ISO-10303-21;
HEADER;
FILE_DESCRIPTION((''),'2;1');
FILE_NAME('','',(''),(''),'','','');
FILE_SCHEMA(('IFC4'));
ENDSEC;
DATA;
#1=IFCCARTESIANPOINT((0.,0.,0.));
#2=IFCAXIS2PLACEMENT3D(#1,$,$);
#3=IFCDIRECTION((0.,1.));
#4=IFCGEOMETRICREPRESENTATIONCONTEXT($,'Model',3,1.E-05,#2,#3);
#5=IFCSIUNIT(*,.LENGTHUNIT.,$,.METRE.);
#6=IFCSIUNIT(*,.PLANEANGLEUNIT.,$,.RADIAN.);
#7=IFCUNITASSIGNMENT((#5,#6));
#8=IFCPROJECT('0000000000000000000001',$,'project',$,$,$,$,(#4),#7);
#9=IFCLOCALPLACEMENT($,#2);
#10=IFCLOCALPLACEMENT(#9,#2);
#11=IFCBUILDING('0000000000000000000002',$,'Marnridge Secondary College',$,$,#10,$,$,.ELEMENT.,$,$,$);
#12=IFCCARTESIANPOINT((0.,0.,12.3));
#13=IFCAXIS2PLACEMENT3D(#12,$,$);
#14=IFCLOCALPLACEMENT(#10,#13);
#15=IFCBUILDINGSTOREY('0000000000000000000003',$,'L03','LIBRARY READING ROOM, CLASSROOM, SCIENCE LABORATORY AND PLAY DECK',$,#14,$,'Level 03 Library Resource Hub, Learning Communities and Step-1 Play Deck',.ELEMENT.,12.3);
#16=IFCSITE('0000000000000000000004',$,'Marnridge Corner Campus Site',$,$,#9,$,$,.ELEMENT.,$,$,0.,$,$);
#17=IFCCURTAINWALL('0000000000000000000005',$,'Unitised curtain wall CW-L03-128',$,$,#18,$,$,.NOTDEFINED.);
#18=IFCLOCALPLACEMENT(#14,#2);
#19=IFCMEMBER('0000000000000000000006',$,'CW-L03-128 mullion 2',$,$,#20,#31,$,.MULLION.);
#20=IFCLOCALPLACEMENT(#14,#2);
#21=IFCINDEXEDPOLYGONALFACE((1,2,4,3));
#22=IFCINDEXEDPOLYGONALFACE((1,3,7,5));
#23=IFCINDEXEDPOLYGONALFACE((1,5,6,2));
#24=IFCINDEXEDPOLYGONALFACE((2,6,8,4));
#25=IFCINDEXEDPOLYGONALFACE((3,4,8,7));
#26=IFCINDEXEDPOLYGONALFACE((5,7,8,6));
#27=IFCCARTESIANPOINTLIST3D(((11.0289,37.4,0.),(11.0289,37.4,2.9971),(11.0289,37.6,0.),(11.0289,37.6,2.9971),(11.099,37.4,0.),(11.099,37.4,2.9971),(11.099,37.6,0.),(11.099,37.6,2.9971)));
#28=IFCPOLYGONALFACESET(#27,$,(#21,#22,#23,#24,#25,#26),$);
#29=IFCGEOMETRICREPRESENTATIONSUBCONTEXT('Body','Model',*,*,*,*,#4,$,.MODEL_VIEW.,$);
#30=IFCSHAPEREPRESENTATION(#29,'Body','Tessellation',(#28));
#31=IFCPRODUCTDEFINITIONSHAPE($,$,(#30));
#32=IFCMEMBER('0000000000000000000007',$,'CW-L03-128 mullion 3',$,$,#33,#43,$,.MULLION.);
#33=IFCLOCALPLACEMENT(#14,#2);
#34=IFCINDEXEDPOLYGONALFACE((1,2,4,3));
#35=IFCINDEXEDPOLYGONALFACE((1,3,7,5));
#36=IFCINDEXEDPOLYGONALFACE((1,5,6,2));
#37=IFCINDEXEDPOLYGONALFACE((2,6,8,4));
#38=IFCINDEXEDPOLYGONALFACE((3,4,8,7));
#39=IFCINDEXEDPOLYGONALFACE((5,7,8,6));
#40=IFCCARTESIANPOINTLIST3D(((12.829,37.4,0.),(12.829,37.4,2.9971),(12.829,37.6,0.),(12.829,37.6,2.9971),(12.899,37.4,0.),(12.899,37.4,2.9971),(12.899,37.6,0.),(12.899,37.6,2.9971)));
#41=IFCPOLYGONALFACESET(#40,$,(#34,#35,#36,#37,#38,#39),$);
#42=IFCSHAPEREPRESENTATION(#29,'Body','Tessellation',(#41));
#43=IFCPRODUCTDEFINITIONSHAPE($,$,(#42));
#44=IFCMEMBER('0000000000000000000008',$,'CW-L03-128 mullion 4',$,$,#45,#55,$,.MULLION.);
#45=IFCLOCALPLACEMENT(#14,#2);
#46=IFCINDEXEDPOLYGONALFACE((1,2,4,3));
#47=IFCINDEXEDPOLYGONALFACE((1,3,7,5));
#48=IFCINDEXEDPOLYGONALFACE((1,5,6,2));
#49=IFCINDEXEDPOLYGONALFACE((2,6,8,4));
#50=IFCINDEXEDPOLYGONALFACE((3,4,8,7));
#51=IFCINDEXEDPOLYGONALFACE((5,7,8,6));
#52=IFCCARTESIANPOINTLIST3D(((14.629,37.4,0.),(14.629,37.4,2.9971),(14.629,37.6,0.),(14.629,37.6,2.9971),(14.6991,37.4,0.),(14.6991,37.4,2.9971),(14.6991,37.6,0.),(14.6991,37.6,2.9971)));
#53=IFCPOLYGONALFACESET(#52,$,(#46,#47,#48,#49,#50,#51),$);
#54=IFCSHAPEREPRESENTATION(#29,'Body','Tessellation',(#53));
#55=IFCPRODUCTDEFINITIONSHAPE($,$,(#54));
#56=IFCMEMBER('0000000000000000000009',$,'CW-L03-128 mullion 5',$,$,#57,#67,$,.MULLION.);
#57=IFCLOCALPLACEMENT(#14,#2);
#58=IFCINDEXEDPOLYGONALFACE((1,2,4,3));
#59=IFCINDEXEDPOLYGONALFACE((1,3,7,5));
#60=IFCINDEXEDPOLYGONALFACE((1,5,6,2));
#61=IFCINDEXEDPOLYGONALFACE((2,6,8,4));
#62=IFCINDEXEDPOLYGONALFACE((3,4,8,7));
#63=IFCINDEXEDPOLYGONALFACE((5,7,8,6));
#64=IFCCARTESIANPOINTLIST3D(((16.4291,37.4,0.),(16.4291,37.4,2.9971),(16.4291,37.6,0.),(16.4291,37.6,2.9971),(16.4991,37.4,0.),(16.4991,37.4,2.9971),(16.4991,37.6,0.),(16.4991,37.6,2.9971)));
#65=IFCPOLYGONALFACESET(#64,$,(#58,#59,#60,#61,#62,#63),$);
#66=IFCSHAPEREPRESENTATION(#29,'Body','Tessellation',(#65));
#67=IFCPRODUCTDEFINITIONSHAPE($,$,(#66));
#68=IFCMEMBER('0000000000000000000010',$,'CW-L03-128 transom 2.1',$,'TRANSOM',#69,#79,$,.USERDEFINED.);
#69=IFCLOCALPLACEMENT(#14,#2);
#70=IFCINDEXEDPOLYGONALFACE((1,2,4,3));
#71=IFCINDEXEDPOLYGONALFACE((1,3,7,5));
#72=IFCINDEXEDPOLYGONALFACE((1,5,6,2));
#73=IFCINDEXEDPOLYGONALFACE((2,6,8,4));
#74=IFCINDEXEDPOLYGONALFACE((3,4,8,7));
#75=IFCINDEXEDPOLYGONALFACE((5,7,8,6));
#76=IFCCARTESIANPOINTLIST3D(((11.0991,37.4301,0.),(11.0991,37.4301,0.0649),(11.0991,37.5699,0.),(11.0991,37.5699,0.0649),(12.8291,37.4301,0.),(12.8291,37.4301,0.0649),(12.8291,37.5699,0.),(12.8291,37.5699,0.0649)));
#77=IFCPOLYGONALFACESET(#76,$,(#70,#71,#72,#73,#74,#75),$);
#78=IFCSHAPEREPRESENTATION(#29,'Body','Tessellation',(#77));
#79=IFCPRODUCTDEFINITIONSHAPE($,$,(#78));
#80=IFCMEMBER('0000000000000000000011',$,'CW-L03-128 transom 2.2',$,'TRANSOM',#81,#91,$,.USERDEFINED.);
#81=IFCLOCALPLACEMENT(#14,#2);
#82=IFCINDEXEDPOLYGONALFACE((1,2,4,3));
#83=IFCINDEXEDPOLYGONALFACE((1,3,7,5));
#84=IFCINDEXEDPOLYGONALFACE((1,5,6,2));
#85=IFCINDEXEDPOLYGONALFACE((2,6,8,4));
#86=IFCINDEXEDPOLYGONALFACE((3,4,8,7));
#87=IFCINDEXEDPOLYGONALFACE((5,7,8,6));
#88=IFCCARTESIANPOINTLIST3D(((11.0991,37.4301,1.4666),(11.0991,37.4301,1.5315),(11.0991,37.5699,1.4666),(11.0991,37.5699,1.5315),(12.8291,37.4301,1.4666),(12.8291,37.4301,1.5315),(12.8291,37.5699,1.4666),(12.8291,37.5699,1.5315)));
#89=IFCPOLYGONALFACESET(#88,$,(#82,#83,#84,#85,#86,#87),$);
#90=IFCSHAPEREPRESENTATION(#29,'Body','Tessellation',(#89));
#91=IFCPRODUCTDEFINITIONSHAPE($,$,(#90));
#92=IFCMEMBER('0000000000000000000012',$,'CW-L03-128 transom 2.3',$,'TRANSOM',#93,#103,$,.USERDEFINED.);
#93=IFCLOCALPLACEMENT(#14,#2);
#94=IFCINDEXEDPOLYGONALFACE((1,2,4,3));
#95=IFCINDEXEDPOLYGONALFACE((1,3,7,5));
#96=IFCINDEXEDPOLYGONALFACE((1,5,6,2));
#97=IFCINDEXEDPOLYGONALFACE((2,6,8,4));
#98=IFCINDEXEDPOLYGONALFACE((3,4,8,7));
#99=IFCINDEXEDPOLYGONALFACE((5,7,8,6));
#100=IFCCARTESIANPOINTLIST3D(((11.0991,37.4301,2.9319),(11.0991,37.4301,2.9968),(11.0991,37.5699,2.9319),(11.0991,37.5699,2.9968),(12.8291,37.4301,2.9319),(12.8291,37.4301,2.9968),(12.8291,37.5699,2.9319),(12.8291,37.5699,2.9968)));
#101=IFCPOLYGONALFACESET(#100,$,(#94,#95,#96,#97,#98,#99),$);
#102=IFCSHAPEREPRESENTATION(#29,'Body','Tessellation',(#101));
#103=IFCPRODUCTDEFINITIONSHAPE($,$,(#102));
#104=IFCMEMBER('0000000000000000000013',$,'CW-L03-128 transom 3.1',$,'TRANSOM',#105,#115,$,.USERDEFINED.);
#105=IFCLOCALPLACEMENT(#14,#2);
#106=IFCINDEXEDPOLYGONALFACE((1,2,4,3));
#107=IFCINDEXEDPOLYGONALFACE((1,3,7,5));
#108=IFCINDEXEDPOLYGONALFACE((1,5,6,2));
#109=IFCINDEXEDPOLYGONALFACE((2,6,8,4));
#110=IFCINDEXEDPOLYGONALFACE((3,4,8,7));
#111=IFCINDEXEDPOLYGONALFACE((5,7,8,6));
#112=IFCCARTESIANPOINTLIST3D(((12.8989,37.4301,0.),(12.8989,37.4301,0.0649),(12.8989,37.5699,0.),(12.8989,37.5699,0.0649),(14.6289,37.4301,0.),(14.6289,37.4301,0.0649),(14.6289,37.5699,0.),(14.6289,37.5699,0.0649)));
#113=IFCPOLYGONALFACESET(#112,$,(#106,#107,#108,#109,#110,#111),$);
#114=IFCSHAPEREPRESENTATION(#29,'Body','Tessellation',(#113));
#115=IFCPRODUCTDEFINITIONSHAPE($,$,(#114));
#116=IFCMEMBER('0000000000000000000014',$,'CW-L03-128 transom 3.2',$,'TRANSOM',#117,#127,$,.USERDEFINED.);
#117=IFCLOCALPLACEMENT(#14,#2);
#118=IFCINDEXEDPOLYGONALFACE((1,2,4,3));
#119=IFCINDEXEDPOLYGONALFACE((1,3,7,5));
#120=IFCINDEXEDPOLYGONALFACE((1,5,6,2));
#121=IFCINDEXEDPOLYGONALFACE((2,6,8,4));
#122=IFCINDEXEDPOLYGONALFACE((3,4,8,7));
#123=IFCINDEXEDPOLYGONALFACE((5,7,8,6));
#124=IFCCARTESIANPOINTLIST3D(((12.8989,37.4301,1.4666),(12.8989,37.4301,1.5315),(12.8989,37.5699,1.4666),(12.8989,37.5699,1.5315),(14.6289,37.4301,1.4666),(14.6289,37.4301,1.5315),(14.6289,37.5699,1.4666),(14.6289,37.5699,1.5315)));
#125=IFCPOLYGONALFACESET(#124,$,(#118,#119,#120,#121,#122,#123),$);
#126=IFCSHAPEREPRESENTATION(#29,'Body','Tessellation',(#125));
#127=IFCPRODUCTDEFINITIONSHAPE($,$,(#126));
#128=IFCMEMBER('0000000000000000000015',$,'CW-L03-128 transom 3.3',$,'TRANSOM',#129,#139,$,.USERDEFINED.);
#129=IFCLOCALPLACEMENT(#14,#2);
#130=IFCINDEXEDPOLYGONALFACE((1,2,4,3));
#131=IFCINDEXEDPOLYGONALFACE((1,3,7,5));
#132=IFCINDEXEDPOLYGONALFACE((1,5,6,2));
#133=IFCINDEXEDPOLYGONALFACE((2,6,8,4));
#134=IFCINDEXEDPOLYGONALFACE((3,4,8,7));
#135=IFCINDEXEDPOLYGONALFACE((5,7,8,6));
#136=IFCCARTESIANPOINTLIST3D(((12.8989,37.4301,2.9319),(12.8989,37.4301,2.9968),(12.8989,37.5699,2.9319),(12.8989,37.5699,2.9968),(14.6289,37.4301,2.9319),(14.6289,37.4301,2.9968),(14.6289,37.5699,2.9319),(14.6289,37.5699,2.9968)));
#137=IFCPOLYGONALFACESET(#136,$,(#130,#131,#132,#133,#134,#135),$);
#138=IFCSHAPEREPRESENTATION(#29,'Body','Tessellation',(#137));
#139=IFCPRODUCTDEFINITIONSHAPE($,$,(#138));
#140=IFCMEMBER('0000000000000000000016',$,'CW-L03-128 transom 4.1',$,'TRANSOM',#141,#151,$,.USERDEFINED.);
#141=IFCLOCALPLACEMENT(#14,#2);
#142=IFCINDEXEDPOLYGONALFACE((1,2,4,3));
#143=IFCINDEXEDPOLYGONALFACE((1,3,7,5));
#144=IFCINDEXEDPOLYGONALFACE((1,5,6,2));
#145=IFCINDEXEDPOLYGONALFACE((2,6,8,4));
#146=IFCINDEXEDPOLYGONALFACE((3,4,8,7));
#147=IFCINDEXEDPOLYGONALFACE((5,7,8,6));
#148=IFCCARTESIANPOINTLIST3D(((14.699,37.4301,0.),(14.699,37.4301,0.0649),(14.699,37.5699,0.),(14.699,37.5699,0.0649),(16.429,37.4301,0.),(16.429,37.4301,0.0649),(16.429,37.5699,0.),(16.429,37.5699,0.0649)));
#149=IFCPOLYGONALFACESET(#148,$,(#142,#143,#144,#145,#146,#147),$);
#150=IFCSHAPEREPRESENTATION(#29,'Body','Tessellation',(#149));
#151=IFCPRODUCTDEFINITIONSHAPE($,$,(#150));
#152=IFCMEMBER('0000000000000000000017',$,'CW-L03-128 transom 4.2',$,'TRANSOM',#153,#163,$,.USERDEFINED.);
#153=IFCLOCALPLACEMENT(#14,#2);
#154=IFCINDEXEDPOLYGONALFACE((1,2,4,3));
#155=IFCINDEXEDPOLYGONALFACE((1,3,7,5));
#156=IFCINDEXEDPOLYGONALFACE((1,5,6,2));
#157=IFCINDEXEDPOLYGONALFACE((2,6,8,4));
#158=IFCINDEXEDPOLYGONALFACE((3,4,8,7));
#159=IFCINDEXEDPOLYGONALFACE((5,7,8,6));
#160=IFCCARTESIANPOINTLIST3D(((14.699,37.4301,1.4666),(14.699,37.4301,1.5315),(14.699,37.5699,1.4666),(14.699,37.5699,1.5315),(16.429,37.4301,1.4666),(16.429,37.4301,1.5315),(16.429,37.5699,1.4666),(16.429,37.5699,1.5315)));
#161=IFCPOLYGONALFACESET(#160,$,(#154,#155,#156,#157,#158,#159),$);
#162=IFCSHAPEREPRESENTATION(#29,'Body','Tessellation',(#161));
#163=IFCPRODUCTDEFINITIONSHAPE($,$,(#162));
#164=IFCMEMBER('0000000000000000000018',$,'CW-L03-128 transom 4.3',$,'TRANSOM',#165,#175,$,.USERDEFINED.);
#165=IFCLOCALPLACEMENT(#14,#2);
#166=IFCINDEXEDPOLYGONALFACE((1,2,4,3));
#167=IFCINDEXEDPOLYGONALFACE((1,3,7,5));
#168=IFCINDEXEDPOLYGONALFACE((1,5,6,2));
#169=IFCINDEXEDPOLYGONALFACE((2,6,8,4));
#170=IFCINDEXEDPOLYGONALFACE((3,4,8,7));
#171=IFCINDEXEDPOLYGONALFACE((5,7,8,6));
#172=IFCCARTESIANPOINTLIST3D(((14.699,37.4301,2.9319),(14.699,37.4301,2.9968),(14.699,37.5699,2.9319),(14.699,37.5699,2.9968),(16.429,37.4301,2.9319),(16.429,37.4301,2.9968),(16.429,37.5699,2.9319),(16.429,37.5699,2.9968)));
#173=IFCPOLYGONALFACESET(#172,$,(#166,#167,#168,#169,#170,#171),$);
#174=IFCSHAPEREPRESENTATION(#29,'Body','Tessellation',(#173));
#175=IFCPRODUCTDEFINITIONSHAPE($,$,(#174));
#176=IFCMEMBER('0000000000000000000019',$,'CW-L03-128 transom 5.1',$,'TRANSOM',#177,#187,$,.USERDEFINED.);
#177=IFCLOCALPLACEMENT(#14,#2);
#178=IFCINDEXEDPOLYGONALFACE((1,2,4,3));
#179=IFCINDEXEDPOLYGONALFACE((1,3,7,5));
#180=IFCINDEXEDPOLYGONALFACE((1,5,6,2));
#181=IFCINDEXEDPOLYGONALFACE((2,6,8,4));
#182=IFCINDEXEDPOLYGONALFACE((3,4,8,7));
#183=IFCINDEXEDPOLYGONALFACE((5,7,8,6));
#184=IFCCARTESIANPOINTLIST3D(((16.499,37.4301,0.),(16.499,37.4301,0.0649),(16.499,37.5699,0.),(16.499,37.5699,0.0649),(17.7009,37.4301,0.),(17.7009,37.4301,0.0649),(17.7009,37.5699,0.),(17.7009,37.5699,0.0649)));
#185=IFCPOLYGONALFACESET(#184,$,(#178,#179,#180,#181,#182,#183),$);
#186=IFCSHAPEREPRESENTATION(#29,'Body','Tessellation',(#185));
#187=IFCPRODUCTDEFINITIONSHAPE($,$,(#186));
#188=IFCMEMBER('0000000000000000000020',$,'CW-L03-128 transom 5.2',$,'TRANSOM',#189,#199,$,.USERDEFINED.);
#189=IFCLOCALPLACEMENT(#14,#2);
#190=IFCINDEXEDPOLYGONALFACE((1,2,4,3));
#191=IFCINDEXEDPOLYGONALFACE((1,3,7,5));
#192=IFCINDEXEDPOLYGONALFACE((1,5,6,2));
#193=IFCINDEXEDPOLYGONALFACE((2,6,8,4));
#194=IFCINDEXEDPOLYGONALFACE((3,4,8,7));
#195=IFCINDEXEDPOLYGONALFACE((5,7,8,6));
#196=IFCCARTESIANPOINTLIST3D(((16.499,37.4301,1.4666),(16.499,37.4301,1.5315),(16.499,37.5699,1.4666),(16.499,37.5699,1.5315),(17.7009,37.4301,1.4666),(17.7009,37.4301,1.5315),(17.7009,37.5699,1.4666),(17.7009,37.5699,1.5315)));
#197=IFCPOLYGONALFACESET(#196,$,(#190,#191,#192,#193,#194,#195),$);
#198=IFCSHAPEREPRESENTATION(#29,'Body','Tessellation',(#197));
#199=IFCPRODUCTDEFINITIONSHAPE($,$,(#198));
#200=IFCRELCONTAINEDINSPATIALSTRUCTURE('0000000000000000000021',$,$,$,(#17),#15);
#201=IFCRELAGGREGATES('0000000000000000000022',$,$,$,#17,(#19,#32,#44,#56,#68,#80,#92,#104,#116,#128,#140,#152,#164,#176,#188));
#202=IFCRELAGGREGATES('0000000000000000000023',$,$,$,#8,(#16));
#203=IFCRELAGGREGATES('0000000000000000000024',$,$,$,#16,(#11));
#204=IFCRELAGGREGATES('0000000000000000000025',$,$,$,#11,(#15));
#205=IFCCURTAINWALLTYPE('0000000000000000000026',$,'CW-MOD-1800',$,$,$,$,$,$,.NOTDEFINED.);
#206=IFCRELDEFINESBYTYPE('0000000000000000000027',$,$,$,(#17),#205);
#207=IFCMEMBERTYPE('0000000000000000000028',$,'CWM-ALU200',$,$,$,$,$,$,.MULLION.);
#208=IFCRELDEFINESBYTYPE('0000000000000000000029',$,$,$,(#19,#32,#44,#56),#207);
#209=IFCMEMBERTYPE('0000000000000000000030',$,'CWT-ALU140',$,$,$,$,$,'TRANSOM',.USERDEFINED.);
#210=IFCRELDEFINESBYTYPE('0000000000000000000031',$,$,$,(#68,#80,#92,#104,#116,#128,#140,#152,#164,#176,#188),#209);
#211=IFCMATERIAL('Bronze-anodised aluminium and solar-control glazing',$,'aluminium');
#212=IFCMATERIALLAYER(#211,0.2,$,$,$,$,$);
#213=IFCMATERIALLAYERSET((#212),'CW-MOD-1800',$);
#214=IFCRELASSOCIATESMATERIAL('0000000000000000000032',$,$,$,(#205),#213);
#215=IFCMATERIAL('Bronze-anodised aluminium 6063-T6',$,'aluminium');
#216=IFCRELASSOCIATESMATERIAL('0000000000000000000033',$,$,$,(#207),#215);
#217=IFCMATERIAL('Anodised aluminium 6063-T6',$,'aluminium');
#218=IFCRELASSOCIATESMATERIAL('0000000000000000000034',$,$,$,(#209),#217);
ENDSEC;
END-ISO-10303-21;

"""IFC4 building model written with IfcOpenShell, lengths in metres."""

from ifc_helpers import new_model, si_unit, direction, frame, origin, origin_2d, place, context, subcontext, project, spatial, rectangle, extrude, material, layer, layer_set, material_profile, profile_set, type_object, element, aggregate, save


model = new_model("IFC4")

# Units and contexts
model_context = context("Model", 3, precision=1e-05, world=origin(), true_north=direction((0.0, 1.0)))
body_context = subcontext(model_context, "Body", "Model", "MODEL_VIEW")
ifc_project = project(units=[si_unit("LENGTHUNIT", "METRE"), si_unit("PLANEANGLEUNIT", "RADIAN")], contexts=[model_context])

# Site, building, storey
site_placement = place(None, origin())
site = spatial("IfcSite", under=ifc_project, at=site_placement, Name="Marnridge Corner Campus Site", CompositionType="ELEMENT", RefElevation=0.0)
building_placement = place(site_placement, origin())
building = spatial("IfcBuilding", under=site, at=building_placement, Name="Marnridge Secondary College", CompositionType="ELEMENT")
storey_placement = place(building_placement, frame((0.0, 0.0, 12.3)))
storey = spatial("IfcBuildingStorey", under=building, at=storey_placement, Name="L03", Description="LIBRARY READING ROOM, CLASSROOM, SCIENCE LABORATORY AND PLAY DECK", LongName="Level 03 Library Resource Hub, Learning Communities and Step-1 Play Deck", CompositionType="ELEMENT", Elevation=12.3)

# Curtain wall, members
ifc_material_1 = material(Name="Bronze-anodised aluminium and solar-control glazing", Category="aluminium")
ifc_layer_1 = layer(ifc_material_1, 0.2)
ifc_layer_set_1 = layer_set([ifc_layer_1], Name="CW-MOD-1800")
curtain_wall_type = type_object("IfcCurtainWallType", Name="CW-MOD-1800", PredefinedType="NOTDEFINED", material=ifc_layer_set_1)
curtain_wall_placement = place(storey_placement, origin())
curtain_wall = element("IfcCurtainWall", 1, at=curtain_wall_placement, inside=storey, type_object=curtain_wall_type, Name="Unitised curtain wall CW-L03-128", PredefinedType="NOTDEFINED")
ifc_material_2 = material(Name="Bronze-anodised aluminium 6063-T6", Category="aluminium")
ifc_material_profile_1 = material_profile(ifc_material_2, rectangle(XDim=0.0701, YDim=0.2, at=origin_2d()), Name="ALU 70x200")
ifc_profile_set_1 = profile_set([ifc_material_profile_1], Name="Bronze-anodised aluminium 6063-T6")
member_type_1 = type_object("IfcMemberType", Name="CWM-ALU200", PredefinedType="MULLION", material=ifc_profile_set_1)
member_1_placement = place(storey_placement, frame((11.064, 37.5, 0.0), z_axis=(0.0, 0.0, 1.0), x_axis=(1.0, 0.0, 0.0)))
member_1 = element("IfcMember", 2, at=member_1_placement, type_object=member_type_1, Name="CW-L03-128 mullion 2", PredefinedType="MULLION", context=body_context, shape_type="SweptSolid", body=[
    extrude(rectangle(XDim=0.0701, YDim=0.2, at=origin_2d()), origin(), (0.0, 0.0, 1.0), 2.9971),
])
member_2_placement = place(storey_placement, frame((12.864, 37.5, 0.0), z_axis=(0.0, 0.0, 1.0), x_axis=(1.0, 0.0, 0.0)))
member_2 = element("IfcMember", 3, at=member_2_placement, type_object=member_type_1, Name="CW-L03-128 mullion 3", PredefinedType="MULLION", context=body_context, shape_type="SweptSolid", body=[
    extrude(rectangle(XDim=0.0701, YDim=0.2, at=origin_2d()), origin(), (0.0, 0.0, 1.0), 2.9971),
])
member_3_placement = place(storey_placement, frame((14.6641, 37.5, 0.0), z_axis=(0.0, 0.0, 1.0), x_axis=(1.0, 0.0, 0.0)))
member_3 = element("IfcMember", 4, at=member_3_placement, type_object=member_type_1, Name="CW-L03-128 mullion 4", PredefinedType="MULLION", context=body_context, shape_type="SweptSolid", body=[
    extrude(rectangle(XDim=0.0701, YDim=0.2, at=origin_2d()), origin(), (0.0, 0.0, 1.0), 2.9971),
])
member_4_placement = place(storey_placement, frame((16.4641, 37.5, 0.0), z_axis=(0.0, 0.0, 1.0), x_axis=(1.0, 0.0, 0.0)))
member_4 = element("IfcMember", 5, at=member_4_placement, type_object=member_type_1, Name="CW-L03-128 mullion 5", PredefinedType="MULLION", context=body_context, shape_type="SweptSolid", body=[
    extrude(rectangle(XDim=0.0701, YDim=0.2, at=origin_2d()), origin(), (0.0, 0.0, 1.0), 2.9971),
])
ifc_material_3 = material(Name="Anodised aluminium 6063-T6", Category="aluminium")
ifc_material_profile_2 = material_profile(ifc_material_3, rectangle(XDim=0.0649, YDim=0.1399, at=origin_2d()), Name="ALU 65x140")
ifc_profile_set_2 = profile_set([ifc_material_profile_2], Name="Anodised aluminium 6063-T6")
member_type_2 = type_object("IfcMemberType", Name="CWT-ALU140", ElementType="TRANSOM", PredefinedType="USERDEFINED", material=ifc_profile_set_2)
member_5_placement = place(storey_placement, frame((11.0991, 37.5, 0.0325), z_axis=(1.0, 0.0, 0.0), x_axis=(0.0, 0.0, 1.0)))
member_5 = element("IfcMember", 6, at=member_5_placement, type_object=member_type_2, Name="CW-L03-128 transom 2.1", ObjectType="TRANSOM", PredefinedType="USERDEFINED", context=body_context, shape_type="SweptSolid", body=[
    extrude(rectangle(XDim=0.0649, YDim=0.1399, at=origin_2d()), origin(), (0.0, 0.0, 1.0), 1.73),
])
member_6_placement = place(storey_placement, frame((11.0991, 37.5, 1.499), z_axis=(1.0, 0.0, 0.0), x_axis=(0.0, 0.0, 1.0)))
member_6 = element("IfcMember", 7, at=member_6_placement, type_object=member_type_2, Name="CW-L03-128 transom 2.2", ObjectType="TRANSOM", PredefinedType="USERDEFINED", context=body_context, shape_type="SweptSolid", body=[
    extrude(rectangle(XDim=0.0649, YDim=0.1399, at=origin_2d()), origin(), (0.0, 0.0, 1.0), 1.73),
])
member_7_placement = place(storey_placement, frame((11.0991, 37.5, 2.9644), z_axis=(1.0, 0.0, 0.0), x_axis=(0.0, 0.0, 1.0)))
member_7 = element("IfcMember", 8, at=member_7_placement, type_object=member_type_2, Name="CW-L03-128 transom 2.3", ObjectType="TRANSOM", PredefinedType="USERDEFINED", context=body_context, shape_type="SweptSolid", body=[
    extrude(rectangle(XDim=0.0649, YDim=0.1399, at=origin_2d()), origin(), (0.0, 0.0, 1.0), 1.73),
])
member_8_placement = place(storey_placement, frame((12.8989, 37.5, 0.0325), z_axis=(1.0, 0.0, 0.0), x_axis=(0.0, 0.0, 1.0)))
member_8 = element("IfcMember", 9, at=member_8_placement, type_object=member_type_2, Name="CW-L03-128 transom 3.1", ObjectType="TRANSOM", PredefinedType="USERDEFINED", context=body_context, shape_type="SweptSolid", body=[
    extrude(rectangle(XDim=0.0649, YDim=0.1399, at=origin_2d()), origin(), (0.0, 0.0, 1.0), 1.73),
])
member_9_placement = place(storey_placement, frame((12.8989, 37.5, 1.499), z_axis=(1.0, 0.0, 0.0), x_axis=(0.0, 0.0, 1.0)))
member_9 = element("IfcMember", 10, at=member_9_placement, type_object=member_type_2, Name="CW-L03-128 transom 3.2", ObjectType="TRANSOM", PredefinedType="USERDEFINED", context=body_context, shape_type="SweptSolid", body=[
    extrude(rectangle(XDim=0.0649, YDim=0.1399, at=origin_2d()), origin(), (0.0, 0.0, 1.0), 1.73),
])
member_10_placement = place(storey_placement, frame((12.8989, 37.5, 2.9644), z_axis=(1.0, 0.0, 0.0), x_axis=(0.0, 0.0, 1.0)))
member_10 = element("IfcMember", 11, at=member_10_placement, type_object=member_type_2, Name="CW-L03-128 transom 3.3", ObjectType="TRANSOM", PredefinedType="USERDEFINED", context=body_context, shape_type="SweptSolid", body=[
    extrude(rectangle(XDim=0.0649, YDim=0.1399, at=origin_2d()), origin(), (0.0, 0.0, 1.0), 1.73),
])
member_11_placement = place(storey_placement, frame((14.699, 37.5, 0.0325), z_axis=(1.0, 0.0, 0.0), x_axis=(0.0, 0.0, 1.0)))
member_11 = element("IfcMember", 12, at=member_11_placement, type_object=member_type_2, Name="CW-L03-128 transom 4.1", ObjectType="TRANSOM", PredefinedType="USERDEFINED", context=body_context, shape_type="SweptSolid", body=[
    extrude(rectangle(XDim=0.0649, YDim=0.1399, at=origin_2d()), origin(), (0.0, 0.0, 1.0), 1.73),
])
member_12_placement = place(storey_placement, frame((14.699, 37.5, 1.499), z_axis=(1.0, 0.0, 0.0), x_axis=(0.0, 0.0, 1.0)))
member_12 = element("IfcMember", 13, at=member_12_placement, type_object=member_type_2, Name="CW-L03-128 transom 4.2", ObjectType="TRANSOM", PredefinedType="USERDEFINED", context=body_context, shape_type="SweptSolid", body=[
    extrude(rectangle(XDim=0.0649, YDim=0.1399, at=origin_2d()), origin(), (0.0, 0.0, 1.0), 1.73),
])
member_13_placement = place(storey_placement, frame((14.699, 37.5, 2.9644), z_axis=(1.0, 0.0, 0.0), x_axis=(0.0, 0.0, 1.0)))
member_13 = element("IfcMember", 14, at=member_13_placement, type_object=member_type_2, Name="CW-L03-128 transom 4.3", ObjectType="TRANSOM", PredefinedType="USERDEFINED", context=body_context, shape_type="SweptSolid", body=[
    extrude(rectangle(XDim=0.0649, YDim=0.1399, at=origin_2d()), origin(), (0.0, 0.0, 1.0), 1.73),
])
member_14_placement = place(storey_placement, frame((16.499, 37.5, 0.0325), z_axis=(1.0, 0.0, 0.0), x_axis=(0.0, 0.0, 1.0)))
member_14 = element("IfcMember", 15, at=member_14_placement, type_object=member_type_2, Name="CW-L03-128 transom 5.1", ObjectType="TRANSOM", PredefinedType="USERDEFINED", context=body_context, shape_type="SweptSolid", body=[
    extrude(rectangle(XDim=0.0649, YDim=0.1399, at=origin_2d()), origin(), (0.0, 0.0, 1.0), 1.2019),
])
member_15_placement = place(storey_placement, frame((16.499, 37.5, 1.499), z_axis=(1.0, 0.0, 0.0), x_axis=(0.0, 0.0, 1.0)))
member_15 = element("IfcMember", 16, at=member_15_placement, type_object=member_type_2, Name="CW-L03-128 transom 5.2", ObjectType="TRANSOM", PredefinedType="USERDEFINED", context=body_context, shape_type="SweptSolid", body=[
    extrude(rectangle(XDim=0.0649, YDim=0.1399, at=origin_2d()), origin(), (0.0, 0.0, 1.0), 1.2019),
])
aggregate(curtain_wall, [member_1, member_2, member_3, member_4, member_5, member_6, member_7, member_8, member_9, member_10, member_11, member_12, member_13, member_14, member_15])

save(model, "model.ifc")
